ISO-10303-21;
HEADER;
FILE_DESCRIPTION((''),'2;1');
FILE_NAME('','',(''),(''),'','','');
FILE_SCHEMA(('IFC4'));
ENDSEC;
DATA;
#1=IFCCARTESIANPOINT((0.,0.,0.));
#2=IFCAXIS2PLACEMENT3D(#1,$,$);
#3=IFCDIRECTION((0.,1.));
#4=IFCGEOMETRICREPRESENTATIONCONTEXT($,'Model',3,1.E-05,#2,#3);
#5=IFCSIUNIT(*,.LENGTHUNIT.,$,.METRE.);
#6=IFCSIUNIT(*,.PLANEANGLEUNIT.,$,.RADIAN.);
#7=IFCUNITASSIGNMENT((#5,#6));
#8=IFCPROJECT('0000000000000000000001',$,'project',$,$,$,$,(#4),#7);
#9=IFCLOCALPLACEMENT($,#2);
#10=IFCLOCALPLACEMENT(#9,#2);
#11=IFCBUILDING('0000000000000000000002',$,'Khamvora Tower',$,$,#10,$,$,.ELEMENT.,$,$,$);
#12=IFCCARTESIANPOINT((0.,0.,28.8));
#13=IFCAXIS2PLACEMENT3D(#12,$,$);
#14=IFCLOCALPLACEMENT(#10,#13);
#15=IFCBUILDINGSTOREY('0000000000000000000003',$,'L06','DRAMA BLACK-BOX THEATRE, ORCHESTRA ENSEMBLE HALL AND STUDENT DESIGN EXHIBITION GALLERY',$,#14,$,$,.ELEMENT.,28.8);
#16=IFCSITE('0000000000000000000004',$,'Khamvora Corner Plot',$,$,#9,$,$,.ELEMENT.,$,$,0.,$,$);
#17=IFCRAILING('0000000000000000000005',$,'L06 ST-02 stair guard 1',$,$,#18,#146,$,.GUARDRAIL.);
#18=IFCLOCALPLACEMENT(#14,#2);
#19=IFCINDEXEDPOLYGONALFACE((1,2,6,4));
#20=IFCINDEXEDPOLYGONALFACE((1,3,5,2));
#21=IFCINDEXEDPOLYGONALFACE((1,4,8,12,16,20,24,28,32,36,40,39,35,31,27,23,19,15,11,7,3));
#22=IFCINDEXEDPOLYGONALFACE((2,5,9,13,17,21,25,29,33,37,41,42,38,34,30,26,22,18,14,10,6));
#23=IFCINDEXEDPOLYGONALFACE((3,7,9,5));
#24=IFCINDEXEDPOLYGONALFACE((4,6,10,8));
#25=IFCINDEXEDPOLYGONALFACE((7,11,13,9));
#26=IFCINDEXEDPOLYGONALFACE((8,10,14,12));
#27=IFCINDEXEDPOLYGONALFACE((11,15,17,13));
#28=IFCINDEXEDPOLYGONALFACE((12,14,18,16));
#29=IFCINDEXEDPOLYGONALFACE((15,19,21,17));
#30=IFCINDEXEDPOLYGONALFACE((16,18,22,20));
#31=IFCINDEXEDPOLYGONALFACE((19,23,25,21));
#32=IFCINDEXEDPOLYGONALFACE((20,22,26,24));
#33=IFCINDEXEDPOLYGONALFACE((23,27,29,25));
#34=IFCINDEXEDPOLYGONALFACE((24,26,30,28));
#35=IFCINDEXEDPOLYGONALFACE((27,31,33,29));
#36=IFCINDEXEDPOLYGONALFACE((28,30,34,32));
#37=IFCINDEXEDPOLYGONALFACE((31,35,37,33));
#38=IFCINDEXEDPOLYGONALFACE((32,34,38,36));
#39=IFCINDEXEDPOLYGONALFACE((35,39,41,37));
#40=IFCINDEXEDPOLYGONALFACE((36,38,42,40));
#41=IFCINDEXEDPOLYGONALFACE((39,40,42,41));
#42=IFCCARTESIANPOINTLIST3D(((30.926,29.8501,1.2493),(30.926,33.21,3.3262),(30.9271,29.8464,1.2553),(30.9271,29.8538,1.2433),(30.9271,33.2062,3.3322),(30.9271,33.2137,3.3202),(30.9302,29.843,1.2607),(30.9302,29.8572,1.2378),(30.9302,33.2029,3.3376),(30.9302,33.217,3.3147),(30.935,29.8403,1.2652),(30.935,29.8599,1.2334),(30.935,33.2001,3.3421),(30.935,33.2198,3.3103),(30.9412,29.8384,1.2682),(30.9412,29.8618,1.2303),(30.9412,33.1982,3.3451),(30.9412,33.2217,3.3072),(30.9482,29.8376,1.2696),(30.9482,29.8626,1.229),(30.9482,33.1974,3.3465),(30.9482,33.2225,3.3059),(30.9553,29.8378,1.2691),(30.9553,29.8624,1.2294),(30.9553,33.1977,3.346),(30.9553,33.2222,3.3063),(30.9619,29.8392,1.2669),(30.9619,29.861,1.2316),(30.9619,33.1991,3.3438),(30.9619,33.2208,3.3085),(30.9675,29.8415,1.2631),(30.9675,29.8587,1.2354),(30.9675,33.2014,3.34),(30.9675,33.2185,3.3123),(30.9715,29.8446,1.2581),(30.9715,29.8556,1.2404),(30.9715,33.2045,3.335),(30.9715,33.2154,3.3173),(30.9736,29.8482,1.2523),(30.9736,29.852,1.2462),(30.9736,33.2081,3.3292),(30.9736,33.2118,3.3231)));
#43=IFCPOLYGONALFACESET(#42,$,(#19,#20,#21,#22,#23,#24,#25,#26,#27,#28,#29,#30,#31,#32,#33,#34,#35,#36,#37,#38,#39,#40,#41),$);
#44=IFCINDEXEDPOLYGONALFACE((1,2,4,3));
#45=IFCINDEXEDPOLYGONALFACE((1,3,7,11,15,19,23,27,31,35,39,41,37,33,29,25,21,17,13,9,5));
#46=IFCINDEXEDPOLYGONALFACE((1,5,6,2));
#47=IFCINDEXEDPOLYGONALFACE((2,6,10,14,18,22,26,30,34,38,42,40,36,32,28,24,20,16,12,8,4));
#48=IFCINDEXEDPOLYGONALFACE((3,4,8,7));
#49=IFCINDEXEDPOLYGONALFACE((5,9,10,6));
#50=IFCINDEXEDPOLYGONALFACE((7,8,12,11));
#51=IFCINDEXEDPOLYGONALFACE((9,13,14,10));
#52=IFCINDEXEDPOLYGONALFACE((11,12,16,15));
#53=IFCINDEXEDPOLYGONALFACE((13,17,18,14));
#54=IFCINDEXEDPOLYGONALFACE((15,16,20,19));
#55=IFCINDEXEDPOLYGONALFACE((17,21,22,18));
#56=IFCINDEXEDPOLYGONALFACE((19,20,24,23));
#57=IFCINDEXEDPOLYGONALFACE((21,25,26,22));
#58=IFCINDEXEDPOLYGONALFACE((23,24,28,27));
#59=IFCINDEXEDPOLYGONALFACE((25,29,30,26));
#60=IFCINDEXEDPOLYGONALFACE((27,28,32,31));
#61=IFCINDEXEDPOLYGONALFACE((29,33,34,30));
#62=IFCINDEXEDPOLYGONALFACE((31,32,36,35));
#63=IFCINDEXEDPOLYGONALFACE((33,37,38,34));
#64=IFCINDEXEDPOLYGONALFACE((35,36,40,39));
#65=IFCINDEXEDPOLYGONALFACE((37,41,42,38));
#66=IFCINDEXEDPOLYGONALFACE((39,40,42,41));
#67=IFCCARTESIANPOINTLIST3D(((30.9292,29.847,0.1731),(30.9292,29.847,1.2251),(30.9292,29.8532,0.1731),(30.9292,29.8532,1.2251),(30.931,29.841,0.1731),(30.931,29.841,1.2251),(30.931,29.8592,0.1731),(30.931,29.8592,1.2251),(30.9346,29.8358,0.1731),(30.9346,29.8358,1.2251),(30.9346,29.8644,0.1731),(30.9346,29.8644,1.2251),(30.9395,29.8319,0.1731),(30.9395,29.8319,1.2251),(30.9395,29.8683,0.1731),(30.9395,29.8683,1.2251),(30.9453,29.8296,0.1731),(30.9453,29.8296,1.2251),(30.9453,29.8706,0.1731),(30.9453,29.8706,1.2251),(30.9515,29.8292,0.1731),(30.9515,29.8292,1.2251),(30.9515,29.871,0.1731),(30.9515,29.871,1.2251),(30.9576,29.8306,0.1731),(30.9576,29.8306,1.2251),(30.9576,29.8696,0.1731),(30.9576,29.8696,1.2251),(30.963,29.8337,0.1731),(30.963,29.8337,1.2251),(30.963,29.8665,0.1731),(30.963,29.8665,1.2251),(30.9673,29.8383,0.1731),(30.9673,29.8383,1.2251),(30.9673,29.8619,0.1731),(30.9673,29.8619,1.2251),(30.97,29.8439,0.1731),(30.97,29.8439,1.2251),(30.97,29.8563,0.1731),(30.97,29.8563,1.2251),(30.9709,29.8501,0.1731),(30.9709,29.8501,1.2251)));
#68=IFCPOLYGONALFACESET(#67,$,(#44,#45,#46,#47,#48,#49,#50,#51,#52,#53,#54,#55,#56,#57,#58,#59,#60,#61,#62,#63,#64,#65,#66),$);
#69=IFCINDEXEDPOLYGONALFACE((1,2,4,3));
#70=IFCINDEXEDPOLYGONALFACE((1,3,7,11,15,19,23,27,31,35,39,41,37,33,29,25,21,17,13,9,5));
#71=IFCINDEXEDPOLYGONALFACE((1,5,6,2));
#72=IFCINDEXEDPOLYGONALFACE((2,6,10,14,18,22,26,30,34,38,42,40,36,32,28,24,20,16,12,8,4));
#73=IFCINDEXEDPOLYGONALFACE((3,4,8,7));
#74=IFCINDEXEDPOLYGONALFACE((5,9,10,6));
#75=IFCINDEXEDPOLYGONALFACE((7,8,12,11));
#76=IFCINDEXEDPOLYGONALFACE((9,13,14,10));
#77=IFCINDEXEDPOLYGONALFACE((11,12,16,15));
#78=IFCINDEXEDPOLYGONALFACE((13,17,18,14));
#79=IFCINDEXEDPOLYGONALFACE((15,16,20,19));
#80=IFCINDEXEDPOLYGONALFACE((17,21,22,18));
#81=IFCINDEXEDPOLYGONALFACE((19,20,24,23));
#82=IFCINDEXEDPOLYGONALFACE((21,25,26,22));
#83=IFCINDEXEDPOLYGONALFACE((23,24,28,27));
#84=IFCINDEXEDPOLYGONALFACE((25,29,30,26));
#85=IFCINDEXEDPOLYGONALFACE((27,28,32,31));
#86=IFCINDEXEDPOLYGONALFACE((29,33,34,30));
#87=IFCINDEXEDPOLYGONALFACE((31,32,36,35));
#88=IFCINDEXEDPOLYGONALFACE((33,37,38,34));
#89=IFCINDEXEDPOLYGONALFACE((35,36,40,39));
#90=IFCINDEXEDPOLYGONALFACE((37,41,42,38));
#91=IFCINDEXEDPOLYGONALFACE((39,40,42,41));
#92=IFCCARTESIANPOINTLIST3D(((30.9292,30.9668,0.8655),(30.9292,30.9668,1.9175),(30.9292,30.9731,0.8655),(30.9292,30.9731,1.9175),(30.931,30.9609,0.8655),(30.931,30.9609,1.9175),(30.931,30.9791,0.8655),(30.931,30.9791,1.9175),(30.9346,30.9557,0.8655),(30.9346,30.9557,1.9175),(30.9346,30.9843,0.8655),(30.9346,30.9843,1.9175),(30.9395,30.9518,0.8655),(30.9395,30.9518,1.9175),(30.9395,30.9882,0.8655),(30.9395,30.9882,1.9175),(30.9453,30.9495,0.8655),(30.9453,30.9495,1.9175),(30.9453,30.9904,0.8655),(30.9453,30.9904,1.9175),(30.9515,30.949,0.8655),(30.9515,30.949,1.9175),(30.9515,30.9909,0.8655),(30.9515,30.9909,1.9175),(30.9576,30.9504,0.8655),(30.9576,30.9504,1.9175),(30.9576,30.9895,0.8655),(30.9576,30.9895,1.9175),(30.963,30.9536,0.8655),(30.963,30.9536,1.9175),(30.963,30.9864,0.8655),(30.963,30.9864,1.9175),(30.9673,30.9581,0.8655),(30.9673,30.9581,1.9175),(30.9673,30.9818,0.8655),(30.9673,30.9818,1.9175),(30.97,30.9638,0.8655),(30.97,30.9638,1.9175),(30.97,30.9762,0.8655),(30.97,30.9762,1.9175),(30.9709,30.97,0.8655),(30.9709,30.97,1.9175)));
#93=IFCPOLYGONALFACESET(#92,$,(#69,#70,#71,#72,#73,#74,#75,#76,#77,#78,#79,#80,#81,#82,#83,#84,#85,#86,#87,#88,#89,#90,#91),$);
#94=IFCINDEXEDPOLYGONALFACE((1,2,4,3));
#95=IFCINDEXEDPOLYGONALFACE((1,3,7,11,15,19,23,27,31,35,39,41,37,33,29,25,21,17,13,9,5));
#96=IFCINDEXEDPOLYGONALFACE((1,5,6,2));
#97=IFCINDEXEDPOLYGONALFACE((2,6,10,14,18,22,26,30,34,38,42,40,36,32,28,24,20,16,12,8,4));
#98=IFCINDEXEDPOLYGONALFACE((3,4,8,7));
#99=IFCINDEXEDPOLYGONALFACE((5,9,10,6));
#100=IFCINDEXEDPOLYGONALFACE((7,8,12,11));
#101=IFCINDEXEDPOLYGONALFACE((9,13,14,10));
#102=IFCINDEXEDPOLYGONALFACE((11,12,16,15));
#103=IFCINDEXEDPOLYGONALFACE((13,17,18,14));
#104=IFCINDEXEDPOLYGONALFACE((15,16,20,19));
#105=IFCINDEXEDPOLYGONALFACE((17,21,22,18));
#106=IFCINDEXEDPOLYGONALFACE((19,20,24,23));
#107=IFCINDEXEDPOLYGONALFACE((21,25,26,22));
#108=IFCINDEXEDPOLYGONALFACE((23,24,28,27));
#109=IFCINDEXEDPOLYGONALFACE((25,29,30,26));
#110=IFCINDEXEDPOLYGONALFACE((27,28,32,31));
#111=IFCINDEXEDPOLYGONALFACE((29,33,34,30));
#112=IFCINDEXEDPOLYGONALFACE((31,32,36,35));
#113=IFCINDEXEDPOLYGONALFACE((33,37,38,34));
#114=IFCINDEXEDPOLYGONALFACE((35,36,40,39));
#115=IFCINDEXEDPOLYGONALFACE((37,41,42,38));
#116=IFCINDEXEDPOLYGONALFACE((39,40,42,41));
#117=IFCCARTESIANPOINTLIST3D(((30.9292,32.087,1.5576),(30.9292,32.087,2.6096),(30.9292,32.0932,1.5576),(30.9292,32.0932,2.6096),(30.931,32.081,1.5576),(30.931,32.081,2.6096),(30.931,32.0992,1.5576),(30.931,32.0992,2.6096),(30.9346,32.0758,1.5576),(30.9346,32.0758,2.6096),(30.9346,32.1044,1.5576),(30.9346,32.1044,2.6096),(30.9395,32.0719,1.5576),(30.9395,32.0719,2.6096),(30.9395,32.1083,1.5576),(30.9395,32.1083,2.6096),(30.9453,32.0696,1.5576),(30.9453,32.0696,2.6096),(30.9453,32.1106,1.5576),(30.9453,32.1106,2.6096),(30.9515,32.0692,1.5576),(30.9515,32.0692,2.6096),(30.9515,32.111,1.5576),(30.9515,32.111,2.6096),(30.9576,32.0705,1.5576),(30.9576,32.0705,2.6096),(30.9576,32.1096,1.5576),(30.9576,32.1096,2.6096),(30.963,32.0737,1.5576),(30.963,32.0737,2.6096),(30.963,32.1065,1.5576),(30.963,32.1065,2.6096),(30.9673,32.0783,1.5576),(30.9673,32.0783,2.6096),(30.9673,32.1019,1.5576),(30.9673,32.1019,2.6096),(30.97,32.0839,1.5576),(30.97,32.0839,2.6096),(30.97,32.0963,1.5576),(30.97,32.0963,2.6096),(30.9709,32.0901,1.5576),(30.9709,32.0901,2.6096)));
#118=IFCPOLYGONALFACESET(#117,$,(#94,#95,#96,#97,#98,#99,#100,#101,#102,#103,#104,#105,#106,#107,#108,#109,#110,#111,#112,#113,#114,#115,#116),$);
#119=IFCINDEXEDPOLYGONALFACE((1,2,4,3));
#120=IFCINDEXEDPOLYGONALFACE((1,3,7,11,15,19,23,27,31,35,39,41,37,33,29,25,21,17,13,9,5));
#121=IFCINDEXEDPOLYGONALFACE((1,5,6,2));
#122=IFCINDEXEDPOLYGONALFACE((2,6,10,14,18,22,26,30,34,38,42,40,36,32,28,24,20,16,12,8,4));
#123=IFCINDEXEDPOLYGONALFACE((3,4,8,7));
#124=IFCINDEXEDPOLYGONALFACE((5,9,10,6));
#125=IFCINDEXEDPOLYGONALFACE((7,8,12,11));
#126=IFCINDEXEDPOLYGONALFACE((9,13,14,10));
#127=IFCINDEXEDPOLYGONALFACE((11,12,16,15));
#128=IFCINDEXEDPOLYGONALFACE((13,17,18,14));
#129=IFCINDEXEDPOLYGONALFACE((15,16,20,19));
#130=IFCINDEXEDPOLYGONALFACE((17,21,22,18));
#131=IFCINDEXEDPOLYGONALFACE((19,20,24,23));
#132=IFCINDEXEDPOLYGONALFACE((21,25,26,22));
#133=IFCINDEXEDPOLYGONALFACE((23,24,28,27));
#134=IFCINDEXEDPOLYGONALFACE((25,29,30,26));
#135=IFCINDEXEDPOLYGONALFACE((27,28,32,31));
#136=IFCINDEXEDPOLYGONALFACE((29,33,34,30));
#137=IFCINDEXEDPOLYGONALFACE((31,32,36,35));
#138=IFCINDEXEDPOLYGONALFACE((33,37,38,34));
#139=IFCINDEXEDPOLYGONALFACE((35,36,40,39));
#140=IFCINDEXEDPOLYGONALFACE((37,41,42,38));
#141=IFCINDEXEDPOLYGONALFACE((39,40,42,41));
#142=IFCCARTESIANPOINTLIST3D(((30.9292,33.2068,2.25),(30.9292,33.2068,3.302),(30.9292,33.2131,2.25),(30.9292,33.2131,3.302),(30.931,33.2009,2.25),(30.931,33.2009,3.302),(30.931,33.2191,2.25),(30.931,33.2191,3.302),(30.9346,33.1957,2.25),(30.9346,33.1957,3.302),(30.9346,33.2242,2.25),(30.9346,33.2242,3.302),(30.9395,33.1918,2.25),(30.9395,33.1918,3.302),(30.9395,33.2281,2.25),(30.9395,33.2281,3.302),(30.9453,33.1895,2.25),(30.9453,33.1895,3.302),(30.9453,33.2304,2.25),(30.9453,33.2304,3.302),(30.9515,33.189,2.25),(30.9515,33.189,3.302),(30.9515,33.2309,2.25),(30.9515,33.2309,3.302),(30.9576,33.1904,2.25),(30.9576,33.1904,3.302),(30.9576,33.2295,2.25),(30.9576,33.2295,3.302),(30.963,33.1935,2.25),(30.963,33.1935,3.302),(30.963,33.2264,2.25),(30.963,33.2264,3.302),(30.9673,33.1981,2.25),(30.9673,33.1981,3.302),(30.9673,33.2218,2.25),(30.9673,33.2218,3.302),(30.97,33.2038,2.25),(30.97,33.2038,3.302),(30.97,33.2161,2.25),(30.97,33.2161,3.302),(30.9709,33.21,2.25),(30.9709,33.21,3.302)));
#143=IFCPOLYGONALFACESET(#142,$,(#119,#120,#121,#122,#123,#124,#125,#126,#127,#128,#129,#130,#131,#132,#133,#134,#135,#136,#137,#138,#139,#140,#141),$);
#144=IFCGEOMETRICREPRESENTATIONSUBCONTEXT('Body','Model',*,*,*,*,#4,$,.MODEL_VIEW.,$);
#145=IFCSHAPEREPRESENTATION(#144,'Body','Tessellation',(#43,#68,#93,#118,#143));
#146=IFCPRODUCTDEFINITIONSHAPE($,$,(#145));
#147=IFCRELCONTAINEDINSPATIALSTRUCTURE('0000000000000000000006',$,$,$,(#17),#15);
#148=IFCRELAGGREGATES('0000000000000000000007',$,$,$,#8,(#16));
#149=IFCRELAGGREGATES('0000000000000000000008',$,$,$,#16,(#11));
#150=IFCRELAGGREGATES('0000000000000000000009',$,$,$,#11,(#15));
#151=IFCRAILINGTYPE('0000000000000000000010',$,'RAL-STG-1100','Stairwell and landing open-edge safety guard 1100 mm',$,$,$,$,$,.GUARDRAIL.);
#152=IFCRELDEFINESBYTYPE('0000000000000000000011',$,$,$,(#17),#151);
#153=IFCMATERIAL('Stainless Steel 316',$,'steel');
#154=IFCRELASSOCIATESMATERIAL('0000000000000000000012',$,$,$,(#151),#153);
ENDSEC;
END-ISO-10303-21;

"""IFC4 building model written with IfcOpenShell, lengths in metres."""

from ifc_helpers import new_model, si_unit, direction, frame, origin, origin_2d, place, context, subcontext, project, spatial, circle, extrude, material, type_object, element, save


model = new_model("IFC4")

# Units and contexts
model_context = context("Model", 3, precision=1e-05, world=origin(), true_north=direction((0.0, 1.0)))
body_context = subcontext(model_context, "Body", "Model", "MODEL_VIEW")
ifc_project = project(units=[si_unit("LENGTHUNIT", "METRE"), si_unit("PLANEANGLEUNIT", "RADIAN")], contexts=[model_context])

# Site, building, storey
site_placement = place(None, origin())
site = spatial("IfcSite", under=ifc_project, at=site_placement, Name="Khamvora Corner Plot", CompositionType="ELEMENT", RefElevation=0.0)
building_placement = place(site_placement, origin())
building = spatial("IfcBuilding", under=site, at=building_placement, Name="Khamvora Tower", CompositionType="ELEMENT")
storey_placement = place(building_placement, frame((0.0, 0.0, 28.8)))
storey = spatial("IfcBuildingStorey", under=building, at=storey_placement, Name="L06", Description="DRAMA BLACK-BOX THEATRE, ORCHESTRA ENSEMBLE HALL AND STUDENT DESIGN EXHIBITION GALLERY", CompositionType="ELEMENT", Elevation=28.8)

# Railing
ifc_material_1 = material(Name="Stainless Steel 316", Category="steel")
railing_type_1 = type_object("IfcRailingType", Name="RAL-STG-1100", Description="Stairwell and landing open-edge safety guard 1100 mm", PredefinedType="GUARDRAIL", material=ifc_material_1)
railing_1_placement = place(storey_placement, frame((30.95, 29.8501, 0.1731)))
element("IfcRailing", 1, at=railing_1_placement, inside=storey, type_object=railing_type_1, Name="L06 ST-02 stair guard 1", PredefinedType="GUARDRAIL", context=body_context, shape_type="SweptSolid", body=[
    extrude(circle(Radius=0.0239, at=origin_2d()), frame((0.0, 0.0, 1.0762), z_axis=(0.0, 0.850606, 0.525803), x_axis=(-1.0, 0.0, 0.0)), (0.0, 0.0, 1.0), 3.95),
    extrude(circle(Radius=0.021, at=origin_2d()), origin(), (0.0, 0.0, 1.0), 1.052),
    extrude(circle(Radius=0.021, at=origin_2d()), frame((0.0, 1.1199, 0.6924)), (0.0, 0.0, 1.0), 1.052),
    extrude(circle(Radius=0.021, at=origin_2d()), frame((0.0, 2.24, 1.3845)), (0.0, 0.0, 1.0), 1.052),
    extrude(circle(Radius=0.021, at=origin_2d()), frame((0.0, 3.3599, 2.0769)), (0.0, 0.0, 1.0), 1.052),
])

save(model, "model.ifc")
